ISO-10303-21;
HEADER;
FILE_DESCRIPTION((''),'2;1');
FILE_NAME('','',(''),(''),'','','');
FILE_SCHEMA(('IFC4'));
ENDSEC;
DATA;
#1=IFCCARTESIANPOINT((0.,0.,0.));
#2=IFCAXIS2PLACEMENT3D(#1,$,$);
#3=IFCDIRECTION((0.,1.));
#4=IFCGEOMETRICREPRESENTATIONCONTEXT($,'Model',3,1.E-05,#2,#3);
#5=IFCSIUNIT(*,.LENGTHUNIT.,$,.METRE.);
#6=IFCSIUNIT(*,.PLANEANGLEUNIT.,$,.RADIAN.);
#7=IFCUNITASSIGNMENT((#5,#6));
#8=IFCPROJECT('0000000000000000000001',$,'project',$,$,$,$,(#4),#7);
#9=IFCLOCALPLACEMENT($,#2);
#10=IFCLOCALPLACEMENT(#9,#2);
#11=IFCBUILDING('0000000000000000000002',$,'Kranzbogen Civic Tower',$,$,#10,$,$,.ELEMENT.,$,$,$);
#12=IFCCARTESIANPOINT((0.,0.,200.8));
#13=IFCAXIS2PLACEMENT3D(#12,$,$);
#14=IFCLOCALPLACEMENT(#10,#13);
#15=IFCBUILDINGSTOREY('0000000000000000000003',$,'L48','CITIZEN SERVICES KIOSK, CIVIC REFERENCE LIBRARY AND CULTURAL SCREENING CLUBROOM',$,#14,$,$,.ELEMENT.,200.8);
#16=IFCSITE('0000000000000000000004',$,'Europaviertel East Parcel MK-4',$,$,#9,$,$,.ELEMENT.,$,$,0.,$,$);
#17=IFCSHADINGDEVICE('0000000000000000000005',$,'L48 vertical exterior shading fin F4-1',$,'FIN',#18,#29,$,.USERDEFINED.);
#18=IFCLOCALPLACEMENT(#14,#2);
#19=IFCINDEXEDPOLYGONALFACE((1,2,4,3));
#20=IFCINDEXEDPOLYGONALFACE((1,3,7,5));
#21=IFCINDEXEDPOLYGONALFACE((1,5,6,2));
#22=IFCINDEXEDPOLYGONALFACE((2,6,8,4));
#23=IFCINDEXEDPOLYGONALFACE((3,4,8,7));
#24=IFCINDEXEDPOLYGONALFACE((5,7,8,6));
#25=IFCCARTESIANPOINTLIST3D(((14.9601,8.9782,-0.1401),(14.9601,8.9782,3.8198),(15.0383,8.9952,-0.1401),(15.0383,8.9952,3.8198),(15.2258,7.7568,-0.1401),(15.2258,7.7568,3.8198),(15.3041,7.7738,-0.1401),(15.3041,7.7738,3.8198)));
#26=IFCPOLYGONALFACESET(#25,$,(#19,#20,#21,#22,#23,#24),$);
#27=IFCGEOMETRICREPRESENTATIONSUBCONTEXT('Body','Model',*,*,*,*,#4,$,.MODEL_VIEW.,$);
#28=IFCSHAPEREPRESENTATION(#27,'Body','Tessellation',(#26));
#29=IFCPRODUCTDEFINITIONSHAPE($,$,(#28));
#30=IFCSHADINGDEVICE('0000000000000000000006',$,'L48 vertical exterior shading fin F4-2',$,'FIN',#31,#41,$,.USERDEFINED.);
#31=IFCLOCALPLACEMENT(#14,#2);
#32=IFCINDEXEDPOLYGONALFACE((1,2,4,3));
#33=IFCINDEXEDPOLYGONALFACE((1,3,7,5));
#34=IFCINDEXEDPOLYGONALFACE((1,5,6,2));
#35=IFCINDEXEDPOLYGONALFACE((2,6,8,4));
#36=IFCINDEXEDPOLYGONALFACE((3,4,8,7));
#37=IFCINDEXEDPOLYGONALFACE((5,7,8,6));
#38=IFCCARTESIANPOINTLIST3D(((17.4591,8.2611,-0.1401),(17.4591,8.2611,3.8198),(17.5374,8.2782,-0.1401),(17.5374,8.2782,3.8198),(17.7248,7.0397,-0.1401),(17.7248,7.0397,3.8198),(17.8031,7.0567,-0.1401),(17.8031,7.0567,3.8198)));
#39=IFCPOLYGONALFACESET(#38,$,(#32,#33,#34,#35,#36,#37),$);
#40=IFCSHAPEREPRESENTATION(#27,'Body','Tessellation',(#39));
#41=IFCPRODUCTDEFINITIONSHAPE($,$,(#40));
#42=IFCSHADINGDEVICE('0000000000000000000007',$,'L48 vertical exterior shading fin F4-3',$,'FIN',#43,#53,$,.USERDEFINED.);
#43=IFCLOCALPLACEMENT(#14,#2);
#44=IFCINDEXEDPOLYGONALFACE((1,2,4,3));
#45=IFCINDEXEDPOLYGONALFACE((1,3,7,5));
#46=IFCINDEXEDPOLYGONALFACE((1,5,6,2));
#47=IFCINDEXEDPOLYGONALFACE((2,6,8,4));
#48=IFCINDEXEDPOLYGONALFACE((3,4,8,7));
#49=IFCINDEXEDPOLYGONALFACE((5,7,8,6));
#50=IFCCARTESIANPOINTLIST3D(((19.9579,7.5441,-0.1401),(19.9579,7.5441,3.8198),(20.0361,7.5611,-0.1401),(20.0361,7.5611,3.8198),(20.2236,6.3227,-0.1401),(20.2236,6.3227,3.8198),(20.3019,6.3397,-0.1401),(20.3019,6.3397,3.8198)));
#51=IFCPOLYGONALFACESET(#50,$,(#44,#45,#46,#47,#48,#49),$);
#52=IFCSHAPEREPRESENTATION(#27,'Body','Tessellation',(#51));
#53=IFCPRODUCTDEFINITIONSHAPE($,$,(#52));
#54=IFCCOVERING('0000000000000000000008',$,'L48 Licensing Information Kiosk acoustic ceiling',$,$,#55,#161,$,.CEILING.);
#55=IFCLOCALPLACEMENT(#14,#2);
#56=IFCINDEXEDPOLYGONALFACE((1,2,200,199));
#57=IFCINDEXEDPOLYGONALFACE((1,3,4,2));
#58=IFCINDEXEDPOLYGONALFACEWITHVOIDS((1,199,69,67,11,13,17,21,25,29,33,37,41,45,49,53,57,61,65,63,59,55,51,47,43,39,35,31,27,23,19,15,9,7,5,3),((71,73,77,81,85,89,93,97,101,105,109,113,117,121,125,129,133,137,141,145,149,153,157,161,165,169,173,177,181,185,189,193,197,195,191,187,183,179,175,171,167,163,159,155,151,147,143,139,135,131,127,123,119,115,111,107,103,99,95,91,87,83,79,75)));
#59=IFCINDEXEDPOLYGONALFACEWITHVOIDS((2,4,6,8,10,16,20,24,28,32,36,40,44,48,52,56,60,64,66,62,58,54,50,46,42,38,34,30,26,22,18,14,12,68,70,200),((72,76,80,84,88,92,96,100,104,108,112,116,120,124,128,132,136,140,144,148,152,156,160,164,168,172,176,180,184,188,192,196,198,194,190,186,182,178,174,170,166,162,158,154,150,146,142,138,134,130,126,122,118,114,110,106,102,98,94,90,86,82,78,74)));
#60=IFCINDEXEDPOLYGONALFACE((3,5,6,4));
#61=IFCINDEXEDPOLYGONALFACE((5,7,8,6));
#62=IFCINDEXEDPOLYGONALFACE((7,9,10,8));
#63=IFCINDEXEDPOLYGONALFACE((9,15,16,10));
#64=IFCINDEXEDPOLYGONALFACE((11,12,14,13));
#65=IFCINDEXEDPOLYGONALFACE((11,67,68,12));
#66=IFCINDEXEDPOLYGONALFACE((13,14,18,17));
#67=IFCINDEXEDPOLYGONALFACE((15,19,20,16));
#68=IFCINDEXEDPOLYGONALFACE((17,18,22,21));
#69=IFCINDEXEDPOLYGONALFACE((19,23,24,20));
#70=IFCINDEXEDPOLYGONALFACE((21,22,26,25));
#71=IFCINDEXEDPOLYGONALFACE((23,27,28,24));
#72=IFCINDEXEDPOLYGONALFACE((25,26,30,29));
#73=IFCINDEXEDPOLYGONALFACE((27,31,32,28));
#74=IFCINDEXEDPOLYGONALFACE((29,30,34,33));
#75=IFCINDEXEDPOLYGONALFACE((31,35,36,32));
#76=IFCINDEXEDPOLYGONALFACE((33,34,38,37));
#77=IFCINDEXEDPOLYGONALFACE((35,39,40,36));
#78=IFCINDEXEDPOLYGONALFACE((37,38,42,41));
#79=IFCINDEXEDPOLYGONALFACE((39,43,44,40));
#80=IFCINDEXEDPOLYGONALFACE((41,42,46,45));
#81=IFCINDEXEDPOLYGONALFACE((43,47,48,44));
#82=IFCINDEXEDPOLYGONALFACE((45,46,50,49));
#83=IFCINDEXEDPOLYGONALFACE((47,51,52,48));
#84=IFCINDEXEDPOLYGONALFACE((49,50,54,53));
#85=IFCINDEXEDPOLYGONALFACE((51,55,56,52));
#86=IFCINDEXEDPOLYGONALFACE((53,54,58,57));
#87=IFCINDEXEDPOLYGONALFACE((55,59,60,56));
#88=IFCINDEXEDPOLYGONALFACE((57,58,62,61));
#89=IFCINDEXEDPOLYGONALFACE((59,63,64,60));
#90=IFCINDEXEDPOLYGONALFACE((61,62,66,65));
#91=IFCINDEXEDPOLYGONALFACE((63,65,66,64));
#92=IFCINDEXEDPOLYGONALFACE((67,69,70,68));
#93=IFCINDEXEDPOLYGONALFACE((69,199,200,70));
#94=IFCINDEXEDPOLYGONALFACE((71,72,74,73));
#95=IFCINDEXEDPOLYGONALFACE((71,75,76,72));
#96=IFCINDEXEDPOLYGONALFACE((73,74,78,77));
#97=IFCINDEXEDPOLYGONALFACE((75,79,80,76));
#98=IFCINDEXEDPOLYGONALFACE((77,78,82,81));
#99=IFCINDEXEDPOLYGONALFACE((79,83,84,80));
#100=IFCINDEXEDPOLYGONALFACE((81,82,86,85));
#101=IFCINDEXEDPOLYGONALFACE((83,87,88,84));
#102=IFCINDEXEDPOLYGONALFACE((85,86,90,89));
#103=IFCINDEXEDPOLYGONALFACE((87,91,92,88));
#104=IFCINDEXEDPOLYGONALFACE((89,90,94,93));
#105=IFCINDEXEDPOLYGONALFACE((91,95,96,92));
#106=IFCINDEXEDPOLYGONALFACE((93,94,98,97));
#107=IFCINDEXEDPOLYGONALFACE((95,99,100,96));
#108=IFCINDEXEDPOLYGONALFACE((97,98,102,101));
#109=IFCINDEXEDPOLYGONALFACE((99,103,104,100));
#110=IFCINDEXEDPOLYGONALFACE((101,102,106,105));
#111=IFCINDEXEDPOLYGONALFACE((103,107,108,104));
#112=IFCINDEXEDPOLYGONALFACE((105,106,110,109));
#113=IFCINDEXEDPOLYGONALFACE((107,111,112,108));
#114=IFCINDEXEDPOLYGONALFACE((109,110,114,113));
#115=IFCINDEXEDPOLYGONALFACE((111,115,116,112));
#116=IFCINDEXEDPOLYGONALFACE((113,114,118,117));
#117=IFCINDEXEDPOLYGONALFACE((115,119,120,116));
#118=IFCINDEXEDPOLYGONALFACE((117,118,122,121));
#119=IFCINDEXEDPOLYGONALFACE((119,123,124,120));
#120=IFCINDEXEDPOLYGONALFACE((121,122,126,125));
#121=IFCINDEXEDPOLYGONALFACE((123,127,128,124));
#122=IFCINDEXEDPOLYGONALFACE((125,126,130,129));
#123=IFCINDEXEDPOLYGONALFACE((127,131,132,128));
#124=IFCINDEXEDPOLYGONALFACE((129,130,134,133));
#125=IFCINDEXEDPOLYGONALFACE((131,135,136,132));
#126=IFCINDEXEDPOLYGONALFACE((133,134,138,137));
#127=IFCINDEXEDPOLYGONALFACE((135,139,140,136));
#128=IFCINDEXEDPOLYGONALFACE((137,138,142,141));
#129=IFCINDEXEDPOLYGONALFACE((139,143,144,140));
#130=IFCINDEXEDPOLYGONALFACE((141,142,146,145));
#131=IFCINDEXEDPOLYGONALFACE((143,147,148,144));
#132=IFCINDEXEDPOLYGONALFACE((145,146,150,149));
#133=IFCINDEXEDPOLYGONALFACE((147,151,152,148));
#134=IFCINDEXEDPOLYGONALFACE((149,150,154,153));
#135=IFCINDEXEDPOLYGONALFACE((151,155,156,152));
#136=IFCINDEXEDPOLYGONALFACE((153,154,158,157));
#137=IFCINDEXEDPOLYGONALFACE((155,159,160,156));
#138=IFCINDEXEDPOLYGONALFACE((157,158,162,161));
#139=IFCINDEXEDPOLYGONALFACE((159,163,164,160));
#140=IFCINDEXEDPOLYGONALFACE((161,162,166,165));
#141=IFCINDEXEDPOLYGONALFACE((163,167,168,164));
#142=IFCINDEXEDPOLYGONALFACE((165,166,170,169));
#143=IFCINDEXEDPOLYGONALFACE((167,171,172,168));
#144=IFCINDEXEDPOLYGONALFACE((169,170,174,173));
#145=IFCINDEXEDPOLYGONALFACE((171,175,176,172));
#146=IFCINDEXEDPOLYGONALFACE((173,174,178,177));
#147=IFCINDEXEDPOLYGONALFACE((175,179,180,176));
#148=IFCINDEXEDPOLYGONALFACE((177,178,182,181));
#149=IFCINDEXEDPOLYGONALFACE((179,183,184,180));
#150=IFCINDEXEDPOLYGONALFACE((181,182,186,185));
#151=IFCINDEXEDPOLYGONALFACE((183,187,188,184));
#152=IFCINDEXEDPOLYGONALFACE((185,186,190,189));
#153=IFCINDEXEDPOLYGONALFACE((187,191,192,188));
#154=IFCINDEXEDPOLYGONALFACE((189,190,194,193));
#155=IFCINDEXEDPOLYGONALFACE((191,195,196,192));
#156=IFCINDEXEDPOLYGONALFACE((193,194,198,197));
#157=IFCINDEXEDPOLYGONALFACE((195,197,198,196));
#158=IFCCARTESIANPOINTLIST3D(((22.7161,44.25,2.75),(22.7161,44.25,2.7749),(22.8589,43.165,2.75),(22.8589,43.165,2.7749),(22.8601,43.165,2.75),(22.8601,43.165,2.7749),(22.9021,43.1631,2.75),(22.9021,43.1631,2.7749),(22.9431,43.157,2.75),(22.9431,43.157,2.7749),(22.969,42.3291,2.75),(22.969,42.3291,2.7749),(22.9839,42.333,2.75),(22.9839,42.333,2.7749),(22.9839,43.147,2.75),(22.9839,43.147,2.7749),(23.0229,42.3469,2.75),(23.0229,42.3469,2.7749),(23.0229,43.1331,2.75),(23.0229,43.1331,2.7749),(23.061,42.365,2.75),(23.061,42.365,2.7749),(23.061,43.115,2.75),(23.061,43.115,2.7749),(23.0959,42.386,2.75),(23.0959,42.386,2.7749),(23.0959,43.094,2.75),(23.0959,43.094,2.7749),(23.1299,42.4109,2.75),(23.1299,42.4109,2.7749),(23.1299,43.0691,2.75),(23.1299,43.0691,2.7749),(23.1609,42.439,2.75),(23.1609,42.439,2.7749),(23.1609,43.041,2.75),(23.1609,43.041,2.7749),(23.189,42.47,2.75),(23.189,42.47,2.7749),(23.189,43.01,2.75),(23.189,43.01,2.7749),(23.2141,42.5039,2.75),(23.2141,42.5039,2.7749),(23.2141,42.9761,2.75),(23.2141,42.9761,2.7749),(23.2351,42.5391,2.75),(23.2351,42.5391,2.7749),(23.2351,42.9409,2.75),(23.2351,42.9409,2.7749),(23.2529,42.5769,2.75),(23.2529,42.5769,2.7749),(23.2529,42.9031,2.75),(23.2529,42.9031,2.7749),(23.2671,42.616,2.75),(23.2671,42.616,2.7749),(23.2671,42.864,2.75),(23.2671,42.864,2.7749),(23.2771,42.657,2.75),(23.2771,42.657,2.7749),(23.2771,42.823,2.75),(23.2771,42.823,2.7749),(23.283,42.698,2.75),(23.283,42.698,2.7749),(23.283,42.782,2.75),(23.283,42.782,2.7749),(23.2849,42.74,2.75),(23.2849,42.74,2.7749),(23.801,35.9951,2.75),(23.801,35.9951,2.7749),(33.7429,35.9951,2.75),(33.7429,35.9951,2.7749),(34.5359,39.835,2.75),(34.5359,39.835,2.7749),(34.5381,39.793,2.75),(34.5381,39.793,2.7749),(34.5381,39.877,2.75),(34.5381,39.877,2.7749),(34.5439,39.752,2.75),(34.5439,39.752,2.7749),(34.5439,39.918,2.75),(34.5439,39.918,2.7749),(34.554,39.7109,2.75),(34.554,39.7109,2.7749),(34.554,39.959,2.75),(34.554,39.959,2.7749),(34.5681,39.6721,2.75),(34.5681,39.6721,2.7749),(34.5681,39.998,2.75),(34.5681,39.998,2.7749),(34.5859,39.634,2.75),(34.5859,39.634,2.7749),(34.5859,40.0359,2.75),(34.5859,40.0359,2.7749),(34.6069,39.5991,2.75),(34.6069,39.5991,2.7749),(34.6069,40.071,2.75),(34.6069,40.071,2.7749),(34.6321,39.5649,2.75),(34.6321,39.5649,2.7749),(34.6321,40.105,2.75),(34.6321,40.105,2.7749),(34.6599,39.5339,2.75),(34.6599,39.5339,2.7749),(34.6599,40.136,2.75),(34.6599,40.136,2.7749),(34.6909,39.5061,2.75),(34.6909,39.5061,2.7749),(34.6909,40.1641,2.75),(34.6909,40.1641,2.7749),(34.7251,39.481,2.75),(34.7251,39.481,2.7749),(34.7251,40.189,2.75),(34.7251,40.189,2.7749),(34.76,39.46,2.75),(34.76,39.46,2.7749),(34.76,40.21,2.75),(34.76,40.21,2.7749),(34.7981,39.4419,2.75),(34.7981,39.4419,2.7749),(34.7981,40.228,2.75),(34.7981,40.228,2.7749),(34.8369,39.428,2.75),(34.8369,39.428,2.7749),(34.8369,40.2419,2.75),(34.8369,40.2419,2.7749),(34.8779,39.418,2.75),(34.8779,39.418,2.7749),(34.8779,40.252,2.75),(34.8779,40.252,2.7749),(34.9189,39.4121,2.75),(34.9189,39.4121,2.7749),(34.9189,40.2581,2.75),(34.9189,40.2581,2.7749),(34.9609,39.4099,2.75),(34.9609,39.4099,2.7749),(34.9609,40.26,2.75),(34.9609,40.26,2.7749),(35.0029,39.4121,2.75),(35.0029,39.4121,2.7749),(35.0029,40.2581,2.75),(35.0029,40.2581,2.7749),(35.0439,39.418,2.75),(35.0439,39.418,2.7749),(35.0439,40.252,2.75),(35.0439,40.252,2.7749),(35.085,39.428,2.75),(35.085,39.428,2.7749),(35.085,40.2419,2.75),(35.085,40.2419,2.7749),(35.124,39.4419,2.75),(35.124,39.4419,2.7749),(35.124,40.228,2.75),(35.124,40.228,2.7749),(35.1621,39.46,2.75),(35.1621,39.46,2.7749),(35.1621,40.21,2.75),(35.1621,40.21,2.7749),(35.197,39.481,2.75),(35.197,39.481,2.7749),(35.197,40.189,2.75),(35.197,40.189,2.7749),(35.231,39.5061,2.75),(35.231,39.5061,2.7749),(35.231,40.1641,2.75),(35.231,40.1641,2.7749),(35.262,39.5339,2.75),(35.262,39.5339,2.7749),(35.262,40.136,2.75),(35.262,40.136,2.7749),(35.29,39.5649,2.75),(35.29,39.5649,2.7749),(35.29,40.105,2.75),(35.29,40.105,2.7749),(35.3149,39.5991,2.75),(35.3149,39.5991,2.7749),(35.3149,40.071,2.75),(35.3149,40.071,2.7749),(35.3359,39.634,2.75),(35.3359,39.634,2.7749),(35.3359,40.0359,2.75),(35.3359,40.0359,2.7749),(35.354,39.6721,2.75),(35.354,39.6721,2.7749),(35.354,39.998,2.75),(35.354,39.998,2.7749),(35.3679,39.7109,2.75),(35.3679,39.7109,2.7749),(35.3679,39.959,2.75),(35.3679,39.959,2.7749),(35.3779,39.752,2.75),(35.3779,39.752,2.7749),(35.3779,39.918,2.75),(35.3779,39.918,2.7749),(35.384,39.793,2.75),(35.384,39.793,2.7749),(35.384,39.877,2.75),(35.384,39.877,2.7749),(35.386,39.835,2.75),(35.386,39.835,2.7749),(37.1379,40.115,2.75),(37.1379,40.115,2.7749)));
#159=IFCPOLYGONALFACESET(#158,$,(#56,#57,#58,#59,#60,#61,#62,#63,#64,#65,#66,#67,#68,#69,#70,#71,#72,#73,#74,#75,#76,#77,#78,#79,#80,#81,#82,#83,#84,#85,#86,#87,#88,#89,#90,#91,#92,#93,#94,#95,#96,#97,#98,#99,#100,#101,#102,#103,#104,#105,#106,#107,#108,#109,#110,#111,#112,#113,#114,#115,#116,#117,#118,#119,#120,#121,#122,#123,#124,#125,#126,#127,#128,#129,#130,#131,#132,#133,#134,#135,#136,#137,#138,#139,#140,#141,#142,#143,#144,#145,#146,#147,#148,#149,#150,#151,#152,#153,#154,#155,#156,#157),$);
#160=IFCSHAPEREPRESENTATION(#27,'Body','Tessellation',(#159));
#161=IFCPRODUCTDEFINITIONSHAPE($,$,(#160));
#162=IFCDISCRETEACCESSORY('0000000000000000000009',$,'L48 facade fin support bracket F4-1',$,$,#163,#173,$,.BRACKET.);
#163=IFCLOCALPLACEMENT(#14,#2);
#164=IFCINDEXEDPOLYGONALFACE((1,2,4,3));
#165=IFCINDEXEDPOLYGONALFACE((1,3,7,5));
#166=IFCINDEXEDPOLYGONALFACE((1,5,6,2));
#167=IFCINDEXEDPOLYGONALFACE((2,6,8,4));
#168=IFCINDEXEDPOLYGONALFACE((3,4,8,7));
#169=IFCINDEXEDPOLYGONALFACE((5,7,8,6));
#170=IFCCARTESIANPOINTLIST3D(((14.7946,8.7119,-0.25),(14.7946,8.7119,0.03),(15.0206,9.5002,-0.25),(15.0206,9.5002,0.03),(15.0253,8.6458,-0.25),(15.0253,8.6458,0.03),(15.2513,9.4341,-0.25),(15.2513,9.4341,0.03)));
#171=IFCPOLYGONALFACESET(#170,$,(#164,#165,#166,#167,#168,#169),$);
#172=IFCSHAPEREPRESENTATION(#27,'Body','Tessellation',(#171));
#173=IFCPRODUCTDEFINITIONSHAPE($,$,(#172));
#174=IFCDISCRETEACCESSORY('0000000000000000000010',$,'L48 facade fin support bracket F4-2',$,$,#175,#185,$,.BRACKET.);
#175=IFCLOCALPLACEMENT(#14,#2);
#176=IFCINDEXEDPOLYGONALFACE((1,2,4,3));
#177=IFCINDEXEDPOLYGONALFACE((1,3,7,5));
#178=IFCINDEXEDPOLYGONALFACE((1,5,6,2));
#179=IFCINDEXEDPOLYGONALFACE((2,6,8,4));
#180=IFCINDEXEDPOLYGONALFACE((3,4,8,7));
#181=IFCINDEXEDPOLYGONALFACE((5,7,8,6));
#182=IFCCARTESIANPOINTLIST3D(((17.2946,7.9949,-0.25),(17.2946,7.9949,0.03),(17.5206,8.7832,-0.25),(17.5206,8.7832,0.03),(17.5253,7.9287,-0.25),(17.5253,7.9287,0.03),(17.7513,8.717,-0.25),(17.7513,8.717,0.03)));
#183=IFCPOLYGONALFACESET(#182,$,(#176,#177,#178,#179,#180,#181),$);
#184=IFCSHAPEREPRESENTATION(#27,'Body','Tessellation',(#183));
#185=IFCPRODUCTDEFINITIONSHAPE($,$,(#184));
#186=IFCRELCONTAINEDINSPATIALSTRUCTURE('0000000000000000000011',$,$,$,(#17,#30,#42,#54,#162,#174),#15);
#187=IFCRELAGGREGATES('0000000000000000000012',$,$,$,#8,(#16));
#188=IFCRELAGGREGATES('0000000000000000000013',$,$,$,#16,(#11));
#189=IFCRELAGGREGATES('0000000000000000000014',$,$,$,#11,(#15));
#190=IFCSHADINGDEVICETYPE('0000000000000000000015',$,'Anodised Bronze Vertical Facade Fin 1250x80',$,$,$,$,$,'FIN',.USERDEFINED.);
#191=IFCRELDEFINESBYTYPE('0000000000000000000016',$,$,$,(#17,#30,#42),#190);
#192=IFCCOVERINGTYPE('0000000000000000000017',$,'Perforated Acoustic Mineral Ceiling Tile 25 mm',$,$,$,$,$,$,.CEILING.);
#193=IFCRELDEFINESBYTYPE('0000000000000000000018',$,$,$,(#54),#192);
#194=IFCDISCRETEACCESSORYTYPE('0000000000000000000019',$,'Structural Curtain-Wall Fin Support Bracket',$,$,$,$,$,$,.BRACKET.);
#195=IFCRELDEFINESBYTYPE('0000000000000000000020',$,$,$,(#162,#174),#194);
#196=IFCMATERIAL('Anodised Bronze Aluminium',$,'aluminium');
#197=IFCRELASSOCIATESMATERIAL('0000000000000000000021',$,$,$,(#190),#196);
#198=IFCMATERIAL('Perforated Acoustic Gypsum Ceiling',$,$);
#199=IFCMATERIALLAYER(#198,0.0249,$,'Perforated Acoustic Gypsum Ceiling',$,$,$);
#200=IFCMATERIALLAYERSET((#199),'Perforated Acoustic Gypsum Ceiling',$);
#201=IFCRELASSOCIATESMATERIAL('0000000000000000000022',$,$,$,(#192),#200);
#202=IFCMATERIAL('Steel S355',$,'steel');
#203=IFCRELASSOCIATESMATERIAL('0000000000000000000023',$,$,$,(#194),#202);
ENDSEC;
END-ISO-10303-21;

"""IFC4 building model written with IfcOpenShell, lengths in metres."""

from ifc_helpers import new_model, si_unit, direction, frame, origin, origin_2d, place, context, subcontext, project, spatial, polyline, rectangle, outline, extrude, material, layer, layer_set, type_object, element, save


model = new_model("IFC4")

# Units and contexts
model_context = context("Model", 3, precision=1e-05, world=origin(), true_north=direction((0.0, 1.0)))
body_context = subcontext(model_context, "Body", "Model", "MODEL_VIEW")
ifc_project = project(units=[si_unit("LENGTHUNIT", "METRE"), si_unit("PLANEANGLEUNIT", "RADIAN")], contexts=[model_context])

# Site, building, storey
site_placement = place(None, origin())
site = spatial("IfcSite", under=ifc_project, at=site_placement, Name="Europaviertel East Parcel MK-4", CompositionType="ELEMENT", RefElevation=0.0)
building_placement = place(site_placement, origin())
building = spatial("IfcBuilding", under=site, at=building_placement, Name="Kranzbogen Civic Tower", CompositionType="ELEMENT")
storey_placement = place(building_placement, frame((0.0, 0.0, 200.8)))
storey = spatial("IfcBuildingStorey", under=building, at=storey_placement, Name="L48", Description="CITIZEN SERVICES KIOSK, CIVIC REFERENCE LIBRARY AND CULTURAL SCREENING CLUBROOM", CompositionType="ELEMENT", Elevation=200.8)

# Shared definitions
ifc_material_1 = material(Name="Steel S355", Category="steel")

# Shading devices
ifc_material_2 = material(Name="Anodised Bronze Aluminium", Category="aluminium")
shading_device_type = type_object("IfcShadingDeviceType", Name="Anodised Bronze Vertical Facade Fin 1250x80", ElementType="FIN", PredefinedType="USERDEFINED", material=ifc_material_2)
for number, where, z_axis, x_axis, name in (
    (1, (15.1321, 8.376, -0.1401), (0.0, 0.0, 1.0), (0.212587, -0.977142, 0.0), "L48 vertical exterior shading fin F4-1"),
    (2, (17.6311, 7.6589, -0.1401), (0.0, 0.0, 1.0), (0.212587, -0.977142, 0.0), "L48 vertical exterior shading fin F4-2"),
    (3, (20.1299, 6.9419, -0.1401), (0.0, 0.0, 1.0), (0.212587, -0.977142, 0.0), "L48 vertical exterior shading fin F4-3"),
):
    element("IfcShadingDevice", number, at=place(storey_placement, frame(where, z_axis=z_axis, x_axis=x_axis)), inside=storey, type_object=shading_device_type, Name=name, ObjectType="FIN", PredefinedType="USERDEFINED", context=body_context, shape_type="SweptSolid", body=[
        extrude(rectangle(XDim=1.25, YDim=0.0801, at=origin_2d()), origin(), (0.0, 0.0, 1.0), 3.96),
    ])

# Covering
ifc_material_3 = material(Name="Perforated Acoustic Gypsum Ceiling")
ifc_layer_1 = layer(ifc_material_3, 0.0249, Name="Perforated Acoustic Gypsum Ceiling")
ifc_layer_set_1 = layer_set([ifc_layer_1], Name="Perforated Acoustic Gypsum Ceiling")
covering_type_1 = type_object("IfcCoveringType", Name="Perforated Acoustic Mineral Ceiling Tile 25 mm", PredefinedType="CEILING", material=ifc_layer_set_1)
covering_1_placement = place(storey_placement, frame((0.0, 0.0, 2.75)))
element("IfcCovering", 4, at=covering_1_placement, inside=storey, type_object=covering_type_1, Name="L48 Licensing Information Kiosk acoustic ceiling", PredefinedType="CEILING", context=body_context, shape_type="SweptSolid", body=[
    extrude(outline(polyline([(33.7429, 35.9951), (23.801, 35.9951), (22.969, 42.3291), (22.9839, 42.333), (23.0229, 42.3469), (23.061, 42.365), (23.0959, 42.386), (23.1299, 42.4109), (23.1609, 42.439), (23.189, 42.47), (23.2141, 42.5039), (23.2351, 42.5391), (23.2529, 42.5769), (23.2671, 42.616), (23.2771, 42.657), (23.283, 42.698), (23.2849, 42.74), (23.283, 42.782), (23.2771, 42.823), (23.2671, 42.864), (23.2529, 42.9031), (23.2351, 42.9409), (23.2141, 42.9761), (23.189, 43.01), (23.1609, 43.041), (23.1299, 43.0691), (23.0959, 43.094), (23.061, 43.115), (23.0229, 43.1331), (22.9839, 43.147), (22.9431, 43.157), (22.9021, 43.1631), (22.8601, 43.165), (22.8589, 43.165), (22.7161, 44.25), (37.1379, 40.115), (33.7429, 35.9951)]), holes=[polyline([(35.354, 39.6721), (35.3359, 39.634), (35.3149, 39.5991), (35.29, 39.5649), (35.262, 39.5339), (35.231, 39.5061), (35.197, 39.481), (35.1621, 39.46), (35.124, 39.4419), (35.085, 39.428), (35.0439, 39.418), (35.0029, 39.4121), (34.9609, 39.4099), (34.9189, 39.4121), (34.8779, 39.418), (34.8369, 39.428), (34.7981, 39.4419), (34.76, 39.46), (34.7251, 39.481), (34.6909, 39.5061), (34.6599, 39.5339), (34.6321, 39.5649), (34.6069, 39.5991), (34.5859, 39.634), (34.5681, 39.6721), (34.554, 39.7109), (34.5439, 39.752), (34.5381, 39.793), (34.5359, 39.835), (34.5381, 39.877), (34.5439, 39.918), (34.554, 39.959), (34.5681, 39.998), (34.5859, 40.0359), (34.6069, 40.071), (34.6321, 40.105), (34.6599, 40.136), (34.6909, 40.1641), (34.7251, 40.189), (34.76, 40.21), (34.7981, 40.228), (34.8369, 40.2419), (34.8779, 40.252), (34.9189, 40.2581), (34.9609, 40.26), (35.0029, 40.2581), (35.0439, 40.252), (35.085, 40.2419), (35.124, 40.228), (35.1621, 40.21), (35.197, 40.189), (35.231, 40.1641), (35.262, 40.136), (35.29, 40.105), (35.3149, 40.071), (35.3359, 40.0359), (35.354, 39.998), (35.3679, 39.959), (35.3779, 39.918), (35.384, 39.877), (35.386, 39.835), (35.384, 39.793), (35.3779, 39.752), (35.3679, 39.7109), (35.354, 39.6721)])]), origin(), (0.0, 0.0, 1.0), 0.0249),
])

# Discrete accessories
discrete_accessory_type = type_object("IfcDiscreteAccessoryType", Name="Structural Curtain-Wall Fin Support Bracket", PredefinedType="BRACKET", material=ifc_material_1)
for number, where, z_axis, x_axis, name in (
    (5, (15.0229, 9.073, -0.25), (0.0, 0.0, 1.0), (-0.275637, -0.961262, 0.0), "L48 facade fin support bracket F4-1"),
    (6, (17.5229, 8.356, -0.25), (0.0, 0.0, 1.0), (-0.275637, -0.961262, 0.0), "L48 facade fin support bracket F4-2"),
):
    element("IfcDiscreteAccessory", number, at=place(storey_placement, frame(where, z_axis=z_axis, x_axis=x_axis)), inside=storey, type_object=discrete_accessory_type, Name=name, PredefinedType="BRACKET", context=body_context, shape_type="SweptSolid", body=[
        extrude(rectangle(XDim=0.8201, YDim=0.24, at=origin_2d()), origin(), (0.0, 0.0, 1.0), 0.28),
    ])

save(model, "model.ifc")
